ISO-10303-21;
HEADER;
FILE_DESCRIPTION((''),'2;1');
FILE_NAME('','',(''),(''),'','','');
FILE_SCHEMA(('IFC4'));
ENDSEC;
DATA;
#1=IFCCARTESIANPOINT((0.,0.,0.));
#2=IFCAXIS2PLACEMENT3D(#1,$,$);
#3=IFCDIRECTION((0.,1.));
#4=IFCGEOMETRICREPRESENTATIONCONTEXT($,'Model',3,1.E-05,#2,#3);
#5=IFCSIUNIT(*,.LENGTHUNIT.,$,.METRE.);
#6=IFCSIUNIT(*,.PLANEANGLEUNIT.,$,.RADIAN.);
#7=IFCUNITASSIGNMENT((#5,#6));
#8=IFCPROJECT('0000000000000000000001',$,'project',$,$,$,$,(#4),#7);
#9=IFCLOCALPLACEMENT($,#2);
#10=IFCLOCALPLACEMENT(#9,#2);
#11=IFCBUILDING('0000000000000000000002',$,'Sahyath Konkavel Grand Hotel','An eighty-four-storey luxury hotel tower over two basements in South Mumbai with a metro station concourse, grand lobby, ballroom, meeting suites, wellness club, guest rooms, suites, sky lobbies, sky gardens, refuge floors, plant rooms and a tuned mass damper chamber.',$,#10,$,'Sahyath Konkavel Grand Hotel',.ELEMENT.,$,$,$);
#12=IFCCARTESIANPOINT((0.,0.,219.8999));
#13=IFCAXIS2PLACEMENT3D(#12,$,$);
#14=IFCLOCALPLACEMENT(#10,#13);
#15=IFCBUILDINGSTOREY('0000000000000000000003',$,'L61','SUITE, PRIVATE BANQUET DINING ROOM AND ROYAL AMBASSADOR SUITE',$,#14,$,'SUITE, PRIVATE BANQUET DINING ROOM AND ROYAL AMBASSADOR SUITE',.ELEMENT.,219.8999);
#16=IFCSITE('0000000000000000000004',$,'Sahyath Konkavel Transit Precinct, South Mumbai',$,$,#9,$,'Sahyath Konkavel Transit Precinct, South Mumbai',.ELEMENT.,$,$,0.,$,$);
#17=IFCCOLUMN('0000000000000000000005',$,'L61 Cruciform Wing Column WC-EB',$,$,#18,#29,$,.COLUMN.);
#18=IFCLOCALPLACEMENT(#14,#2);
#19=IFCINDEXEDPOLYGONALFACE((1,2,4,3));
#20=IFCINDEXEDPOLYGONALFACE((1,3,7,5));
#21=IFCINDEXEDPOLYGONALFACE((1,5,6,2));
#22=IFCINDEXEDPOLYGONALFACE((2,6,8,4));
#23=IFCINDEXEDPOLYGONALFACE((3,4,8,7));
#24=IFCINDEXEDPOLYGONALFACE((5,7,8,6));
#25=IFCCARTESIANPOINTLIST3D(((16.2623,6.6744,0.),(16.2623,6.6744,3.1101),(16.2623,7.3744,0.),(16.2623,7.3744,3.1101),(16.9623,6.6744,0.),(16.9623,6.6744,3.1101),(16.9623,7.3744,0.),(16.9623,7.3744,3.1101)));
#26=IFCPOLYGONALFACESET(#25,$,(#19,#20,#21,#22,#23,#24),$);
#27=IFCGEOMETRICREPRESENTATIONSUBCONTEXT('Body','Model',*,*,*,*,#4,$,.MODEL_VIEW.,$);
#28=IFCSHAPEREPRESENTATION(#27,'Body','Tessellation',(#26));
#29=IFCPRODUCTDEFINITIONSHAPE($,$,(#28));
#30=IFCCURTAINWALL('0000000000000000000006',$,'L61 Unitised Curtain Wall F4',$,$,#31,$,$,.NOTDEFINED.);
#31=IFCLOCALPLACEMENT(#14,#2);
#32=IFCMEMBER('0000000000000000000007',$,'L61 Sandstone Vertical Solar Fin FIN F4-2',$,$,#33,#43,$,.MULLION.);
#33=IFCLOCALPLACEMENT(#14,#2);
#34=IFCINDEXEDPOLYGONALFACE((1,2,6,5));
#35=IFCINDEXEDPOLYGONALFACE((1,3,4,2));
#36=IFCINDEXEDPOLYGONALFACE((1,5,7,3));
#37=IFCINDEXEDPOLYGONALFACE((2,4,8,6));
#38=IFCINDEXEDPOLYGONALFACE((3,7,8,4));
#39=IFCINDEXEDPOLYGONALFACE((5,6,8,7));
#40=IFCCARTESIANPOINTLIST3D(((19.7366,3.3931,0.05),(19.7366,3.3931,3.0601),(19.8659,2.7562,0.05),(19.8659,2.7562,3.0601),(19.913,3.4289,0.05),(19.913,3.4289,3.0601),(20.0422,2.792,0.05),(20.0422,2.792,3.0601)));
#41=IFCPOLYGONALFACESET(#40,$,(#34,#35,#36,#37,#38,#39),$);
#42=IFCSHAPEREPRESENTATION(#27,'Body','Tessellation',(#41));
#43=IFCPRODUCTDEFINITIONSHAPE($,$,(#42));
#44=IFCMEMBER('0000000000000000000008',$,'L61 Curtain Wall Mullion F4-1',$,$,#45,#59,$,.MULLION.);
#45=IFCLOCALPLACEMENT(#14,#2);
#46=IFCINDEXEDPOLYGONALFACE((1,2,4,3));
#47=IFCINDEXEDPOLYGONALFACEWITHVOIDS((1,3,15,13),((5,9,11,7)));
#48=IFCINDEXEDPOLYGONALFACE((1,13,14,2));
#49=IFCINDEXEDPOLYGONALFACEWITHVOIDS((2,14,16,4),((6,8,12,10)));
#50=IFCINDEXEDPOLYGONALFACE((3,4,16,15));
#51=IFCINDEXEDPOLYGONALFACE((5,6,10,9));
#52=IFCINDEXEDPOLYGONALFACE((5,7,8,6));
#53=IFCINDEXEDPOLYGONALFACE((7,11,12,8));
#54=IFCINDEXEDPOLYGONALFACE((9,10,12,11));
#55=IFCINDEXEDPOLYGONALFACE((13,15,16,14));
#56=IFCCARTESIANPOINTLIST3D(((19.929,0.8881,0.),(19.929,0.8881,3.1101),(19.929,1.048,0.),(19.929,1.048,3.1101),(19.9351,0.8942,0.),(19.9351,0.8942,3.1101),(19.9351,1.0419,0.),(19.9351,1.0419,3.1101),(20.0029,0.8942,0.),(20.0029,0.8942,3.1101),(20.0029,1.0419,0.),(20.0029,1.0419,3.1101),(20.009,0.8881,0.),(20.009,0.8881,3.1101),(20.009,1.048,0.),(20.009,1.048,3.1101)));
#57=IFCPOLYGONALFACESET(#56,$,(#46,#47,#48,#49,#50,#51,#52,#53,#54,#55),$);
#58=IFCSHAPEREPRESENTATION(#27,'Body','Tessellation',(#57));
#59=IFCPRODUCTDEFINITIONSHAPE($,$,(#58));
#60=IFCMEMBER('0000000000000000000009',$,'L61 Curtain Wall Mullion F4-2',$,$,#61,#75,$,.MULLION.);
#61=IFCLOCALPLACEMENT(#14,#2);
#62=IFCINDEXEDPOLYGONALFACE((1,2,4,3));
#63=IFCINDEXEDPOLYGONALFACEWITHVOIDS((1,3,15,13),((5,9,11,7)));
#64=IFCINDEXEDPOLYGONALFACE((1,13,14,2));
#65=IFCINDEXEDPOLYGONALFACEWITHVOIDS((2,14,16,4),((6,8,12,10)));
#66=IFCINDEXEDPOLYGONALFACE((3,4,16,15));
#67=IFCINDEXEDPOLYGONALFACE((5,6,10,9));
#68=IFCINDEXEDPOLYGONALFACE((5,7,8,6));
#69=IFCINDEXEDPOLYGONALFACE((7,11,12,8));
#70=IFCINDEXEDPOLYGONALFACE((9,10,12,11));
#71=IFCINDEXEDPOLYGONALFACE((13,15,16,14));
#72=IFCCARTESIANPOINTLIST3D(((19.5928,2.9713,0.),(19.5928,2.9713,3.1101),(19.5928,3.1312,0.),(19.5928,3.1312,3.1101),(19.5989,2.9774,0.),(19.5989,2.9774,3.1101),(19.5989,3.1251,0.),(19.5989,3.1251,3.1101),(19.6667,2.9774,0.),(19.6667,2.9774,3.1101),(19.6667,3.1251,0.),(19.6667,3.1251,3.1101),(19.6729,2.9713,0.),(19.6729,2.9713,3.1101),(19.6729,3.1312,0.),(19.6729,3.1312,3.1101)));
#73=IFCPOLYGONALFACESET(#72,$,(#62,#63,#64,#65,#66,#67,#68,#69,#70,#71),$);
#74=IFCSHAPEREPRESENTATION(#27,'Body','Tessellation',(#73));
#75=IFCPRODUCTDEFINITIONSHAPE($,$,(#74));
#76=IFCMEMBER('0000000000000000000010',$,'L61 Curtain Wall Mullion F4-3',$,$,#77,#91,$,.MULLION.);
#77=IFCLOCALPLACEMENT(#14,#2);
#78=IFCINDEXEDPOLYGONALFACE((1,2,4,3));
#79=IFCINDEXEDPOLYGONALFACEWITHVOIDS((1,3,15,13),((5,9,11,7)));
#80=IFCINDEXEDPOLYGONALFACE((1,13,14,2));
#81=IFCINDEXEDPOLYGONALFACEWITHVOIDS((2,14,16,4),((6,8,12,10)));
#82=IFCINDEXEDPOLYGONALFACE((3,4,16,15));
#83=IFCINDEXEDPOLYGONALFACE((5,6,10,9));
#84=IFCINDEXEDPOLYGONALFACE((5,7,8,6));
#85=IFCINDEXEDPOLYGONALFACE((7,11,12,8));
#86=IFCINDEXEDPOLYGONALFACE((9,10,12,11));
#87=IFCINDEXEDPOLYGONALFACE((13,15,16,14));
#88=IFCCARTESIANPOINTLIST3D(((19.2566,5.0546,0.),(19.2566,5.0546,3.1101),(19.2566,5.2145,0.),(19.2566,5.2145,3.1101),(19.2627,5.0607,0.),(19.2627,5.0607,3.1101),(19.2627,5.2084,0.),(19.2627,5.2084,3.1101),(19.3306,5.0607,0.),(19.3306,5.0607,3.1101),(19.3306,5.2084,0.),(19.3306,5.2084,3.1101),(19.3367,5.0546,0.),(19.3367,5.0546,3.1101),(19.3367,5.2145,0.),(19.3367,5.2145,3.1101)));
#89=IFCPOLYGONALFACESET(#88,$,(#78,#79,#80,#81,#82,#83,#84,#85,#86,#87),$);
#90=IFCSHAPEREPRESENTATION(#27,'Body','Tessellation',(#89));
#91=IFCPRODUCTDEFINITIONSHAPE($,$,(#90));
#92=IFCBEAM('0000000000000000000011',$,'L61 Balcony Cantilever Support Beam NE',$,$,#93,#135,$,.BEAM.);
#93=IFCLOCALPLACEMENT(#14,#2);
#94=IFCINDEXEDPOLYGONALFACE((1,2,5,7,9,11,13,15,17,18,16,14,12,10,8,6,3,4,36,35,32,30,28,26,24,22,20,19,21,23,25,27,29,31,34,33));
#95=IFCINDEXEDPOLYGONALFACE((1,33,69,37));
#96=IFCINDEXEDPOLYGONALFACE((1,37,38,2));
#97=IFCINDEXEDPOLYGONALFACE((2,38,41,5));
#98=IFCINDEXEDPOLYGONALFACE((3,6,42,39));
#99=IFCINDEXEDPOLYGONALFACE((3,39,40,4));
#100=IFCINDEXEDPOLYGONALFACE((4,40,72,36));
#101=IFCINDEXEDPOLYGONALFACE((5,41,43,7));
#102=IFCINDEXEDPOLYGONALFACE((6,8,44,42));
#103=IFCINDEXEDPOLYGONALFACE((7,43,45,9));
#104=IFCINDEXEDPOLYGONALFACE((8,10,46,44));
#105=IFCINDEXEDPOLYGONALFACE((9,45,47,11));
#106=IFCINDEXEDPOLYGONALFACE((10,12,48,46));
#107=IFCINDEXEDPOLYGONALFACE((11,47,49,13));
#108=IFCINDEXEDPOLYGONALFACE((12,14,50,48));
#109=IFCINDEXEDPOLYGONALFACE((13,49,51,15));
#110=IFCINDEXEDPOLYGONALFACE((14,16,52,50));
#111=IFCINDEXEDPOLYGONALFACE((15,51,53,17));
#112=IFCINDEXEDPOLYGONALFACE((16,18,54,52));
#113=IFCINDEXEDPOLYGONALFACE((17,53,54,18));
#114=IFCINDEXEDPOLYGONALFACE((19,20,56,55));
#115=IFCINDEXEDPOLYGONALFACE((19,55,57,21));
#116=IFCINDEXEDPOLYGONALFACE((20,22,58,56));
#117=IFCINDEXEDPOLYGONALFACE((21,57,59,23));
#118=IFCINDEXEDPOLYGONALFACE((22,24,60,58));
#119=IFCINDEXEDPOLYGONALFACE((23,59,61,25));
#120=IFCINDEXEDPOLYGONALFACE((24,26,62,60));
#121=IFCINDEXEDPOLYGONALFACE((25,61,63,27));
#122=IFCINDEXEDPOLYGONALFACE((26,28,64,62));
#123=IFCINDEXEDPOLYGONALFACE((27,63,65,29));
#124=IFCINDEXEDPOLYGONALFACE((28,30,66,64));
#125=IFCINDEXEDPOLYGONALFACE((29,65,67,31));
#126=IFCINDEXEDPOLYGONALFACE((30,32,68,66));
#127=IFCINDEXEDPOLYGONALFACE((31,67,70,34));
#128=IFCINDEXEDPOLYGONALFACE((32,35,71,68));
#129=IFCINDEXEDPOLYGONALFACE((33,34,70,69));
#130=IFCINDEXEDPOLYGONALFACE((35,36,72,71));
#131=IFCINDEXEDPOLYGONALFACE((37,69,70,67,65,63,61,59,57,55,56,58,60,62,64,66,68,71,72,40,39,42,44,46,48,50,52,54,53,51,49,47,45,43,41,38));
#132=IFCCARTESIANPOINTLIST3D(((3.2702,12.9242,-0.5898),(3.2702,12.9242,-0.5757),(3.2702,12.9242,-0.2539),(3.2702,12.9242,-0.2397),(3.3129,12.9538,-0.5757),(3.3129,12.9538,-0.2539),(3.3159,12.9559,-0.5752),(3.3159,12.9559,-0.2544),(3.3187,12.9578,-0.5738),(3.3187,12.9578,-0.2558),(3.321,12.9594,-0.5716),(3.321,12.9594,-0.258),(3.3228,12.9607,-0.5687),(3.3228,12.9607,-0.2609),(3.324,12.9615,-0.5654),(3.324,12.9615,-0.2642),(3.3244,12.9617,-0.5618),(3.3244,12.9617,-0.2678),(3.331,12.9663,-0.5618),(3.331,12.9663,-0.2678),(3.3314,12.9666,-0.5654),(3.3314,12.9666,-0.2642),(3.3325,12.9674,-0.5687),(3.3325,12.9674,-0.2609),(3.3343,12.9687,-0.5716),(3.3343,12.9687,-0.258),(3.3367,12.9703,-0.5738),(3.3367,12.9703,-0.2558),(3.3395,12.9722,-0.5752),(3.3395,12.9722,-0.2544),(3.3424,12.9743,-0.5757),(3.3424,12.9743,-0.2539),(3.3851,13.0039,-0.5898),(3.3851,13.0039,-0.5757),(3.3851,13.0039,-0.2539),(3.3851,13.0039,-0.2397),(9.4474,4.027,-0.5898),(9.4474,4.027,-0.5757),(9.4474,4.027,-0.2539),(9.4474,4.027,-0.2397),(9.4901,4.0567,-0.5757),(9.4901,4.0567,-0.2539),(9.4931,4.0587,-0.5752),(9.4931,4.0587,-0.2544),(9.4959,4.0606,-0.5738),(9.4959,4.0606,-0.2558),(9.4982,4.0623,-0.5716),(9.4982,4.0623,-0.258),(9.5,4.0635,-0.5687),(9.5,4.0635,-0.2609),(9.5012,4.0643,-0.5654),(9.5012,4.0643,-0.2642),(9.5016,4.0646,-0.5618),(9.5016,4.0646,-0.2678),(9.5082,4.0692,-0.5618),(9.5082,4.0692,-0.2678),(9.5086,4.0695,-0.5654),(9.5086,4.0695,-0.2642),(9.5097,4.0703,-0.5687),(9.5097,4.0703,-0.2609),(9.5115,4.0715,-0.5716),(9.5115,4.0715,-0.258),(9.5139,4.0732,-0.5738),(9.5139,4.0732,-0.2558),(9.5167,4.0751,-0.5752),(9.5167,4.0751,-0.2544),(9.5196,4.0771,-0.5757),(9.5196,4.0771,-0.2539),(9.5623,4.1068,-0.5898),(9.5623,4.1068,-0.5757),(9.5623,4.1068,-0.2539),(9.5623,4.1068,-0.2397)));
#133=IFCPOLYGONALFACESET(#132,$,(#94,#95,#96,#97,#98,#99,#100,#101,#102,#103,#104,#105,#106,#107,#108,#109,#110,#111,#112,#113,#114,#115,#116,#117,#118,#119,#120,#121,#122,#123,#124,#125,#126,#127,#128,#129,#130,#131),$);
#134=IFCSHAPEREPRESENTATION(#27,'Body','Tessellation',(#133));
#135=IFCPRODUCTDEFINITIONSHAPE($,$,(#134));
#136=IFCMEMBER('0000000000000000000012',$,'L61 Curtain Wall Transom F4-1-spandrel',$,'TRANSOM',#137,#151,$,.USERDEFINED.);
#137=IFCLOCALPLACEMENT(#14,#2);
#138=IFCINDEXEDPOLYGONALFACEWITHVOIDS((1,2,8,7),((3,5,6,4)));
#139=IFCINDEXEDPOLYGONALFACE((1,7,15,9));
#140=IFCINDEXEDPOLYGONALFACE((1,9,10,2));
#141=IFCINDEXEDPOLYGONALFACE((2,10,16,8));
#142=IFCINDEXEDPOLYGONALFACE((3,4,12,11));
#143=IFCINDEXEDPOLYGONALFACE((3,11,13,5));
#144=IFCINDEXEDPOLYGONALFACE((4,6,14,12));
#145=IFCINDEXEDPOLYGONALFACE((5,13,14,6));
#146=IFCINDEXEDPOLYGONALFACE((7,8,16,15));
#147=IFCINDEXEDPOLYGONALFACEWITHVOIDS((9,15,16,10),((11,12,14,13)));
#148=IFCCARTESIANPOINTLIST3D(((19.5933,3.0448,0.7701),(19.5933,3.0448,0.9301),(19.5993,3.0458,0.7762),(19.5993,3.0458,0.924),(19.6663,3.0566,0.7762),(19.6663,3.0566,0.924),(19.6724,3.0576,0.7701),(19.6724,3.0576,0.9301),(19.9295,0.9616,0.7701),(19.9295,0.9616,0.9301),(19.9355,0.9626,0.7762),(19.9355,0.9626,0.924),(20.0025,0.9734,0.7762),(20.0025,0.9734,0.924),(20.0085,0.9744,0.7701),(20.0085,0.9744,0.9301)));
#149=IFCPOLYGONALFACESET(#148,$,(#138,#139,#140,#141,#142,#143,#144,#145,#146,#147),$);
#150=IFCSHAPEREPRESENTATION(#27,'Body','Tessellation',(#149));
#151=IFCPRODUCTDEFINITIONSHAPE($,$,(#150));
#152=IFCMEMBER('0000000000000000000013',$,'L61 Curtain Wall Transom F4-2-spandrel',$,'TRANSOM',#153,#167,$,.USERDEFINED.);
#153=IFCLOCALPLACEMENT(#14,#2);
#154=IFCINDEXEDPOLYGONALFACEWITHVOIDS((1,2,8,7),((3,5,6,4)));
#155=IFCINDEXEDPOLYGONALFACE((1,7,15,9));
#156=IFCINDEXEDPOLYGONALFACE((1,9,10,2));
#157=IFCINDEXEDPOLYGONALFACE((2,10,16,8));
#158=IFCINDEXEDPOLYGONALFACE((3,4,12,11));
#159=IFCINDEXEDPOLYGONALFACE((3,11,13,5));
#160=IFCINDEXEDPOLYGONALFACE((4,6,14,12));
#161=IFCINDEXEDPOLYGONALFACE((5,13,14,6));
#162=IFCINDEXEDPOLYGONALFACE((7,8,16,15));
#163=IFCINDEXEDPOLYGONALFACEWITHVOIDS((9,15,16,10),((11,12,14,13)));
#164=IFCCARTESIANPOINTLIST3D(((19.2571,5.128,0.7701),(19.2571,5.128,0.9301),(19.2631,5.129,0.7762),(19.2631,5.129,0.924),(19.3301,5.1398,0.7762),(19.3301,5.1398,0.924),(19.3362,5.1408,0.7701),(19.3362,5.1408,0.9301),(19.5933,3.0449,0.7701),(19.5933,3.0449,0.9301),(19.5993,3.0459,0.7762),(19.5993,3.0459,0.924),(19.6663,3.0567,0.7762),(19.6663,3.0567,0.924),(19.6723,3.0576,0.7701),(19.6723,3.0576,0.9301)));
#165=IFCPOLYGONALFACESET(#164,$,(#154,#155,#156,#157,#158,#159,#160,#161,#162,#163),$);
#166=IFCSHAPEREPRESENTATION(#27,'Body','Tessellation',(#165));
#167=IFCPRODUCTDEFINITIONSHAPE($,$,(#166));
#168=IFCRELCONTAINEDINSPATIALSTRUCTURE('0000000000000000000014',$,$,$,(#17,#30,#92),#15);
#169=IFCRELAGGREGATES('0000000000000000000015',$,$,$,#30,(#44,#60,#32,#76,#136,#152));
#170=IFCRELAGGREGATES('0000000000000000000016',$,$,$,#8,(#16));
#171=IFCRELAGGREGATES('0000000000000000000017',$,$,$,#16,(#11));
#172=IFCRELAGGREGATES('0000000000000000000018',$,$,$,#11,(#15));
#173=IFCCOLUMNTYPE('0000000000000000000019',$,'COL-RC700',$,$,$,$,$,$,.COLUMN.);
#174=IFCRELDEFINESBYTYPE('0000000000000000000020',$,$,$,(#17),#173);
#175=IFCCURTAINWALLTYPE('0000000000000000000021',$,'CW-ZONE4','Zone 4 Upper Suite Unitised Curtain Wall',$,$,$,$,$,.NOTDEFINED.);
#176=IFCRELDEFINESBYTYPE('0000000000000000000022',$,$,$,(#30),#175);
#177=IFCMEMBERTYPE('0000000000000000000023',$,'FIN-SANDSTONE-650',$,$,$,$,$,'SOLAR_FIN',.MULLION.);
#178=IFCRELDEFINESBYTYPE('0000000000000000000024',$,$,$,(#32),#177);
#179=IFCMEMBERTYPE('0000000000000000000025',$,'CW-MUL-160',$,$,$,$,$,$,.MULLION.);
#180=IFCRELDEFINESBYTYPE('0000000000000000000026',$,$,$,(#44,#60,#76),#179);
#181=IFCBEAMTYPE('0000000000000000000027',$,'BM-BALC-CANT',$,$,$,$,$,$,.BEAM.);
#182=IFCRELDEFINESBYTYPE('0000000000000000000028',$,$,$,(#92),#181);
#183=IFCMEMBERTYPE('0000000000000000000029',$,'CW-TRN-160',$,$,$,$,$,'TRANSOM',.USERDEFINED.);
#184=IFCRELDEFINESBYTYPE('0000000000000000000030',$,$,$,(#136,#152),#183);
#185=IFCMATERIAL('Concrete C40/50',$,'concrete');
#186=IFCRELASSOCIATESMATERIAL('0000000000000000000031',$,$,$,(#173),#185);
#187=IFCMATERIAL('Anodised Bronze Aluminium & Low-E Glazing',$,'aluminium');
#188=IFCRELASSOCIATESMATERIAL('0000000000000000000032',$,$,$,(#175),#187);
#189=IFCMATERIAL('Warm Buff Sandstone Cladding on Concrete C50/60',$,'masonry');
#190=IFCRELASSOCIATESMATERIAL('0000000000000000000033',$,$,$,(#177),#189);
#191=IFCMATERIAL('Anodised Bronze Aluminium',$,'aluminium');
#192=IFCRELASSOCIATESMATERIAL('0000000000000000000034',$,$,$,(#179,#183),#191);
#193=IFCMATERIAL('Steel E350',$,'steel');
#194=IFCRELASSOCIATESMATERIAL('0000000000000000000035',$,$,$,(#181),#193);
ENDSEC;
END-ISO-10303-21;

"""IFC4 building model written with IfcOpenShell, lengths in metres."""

from ifc_helpers import new_model, si_unit, direction, frame, origin, origin_2d, place, context, subcontext, project, spatial, rectangle, hollow_rectangle, i_section, extrude, source, transform, mapped, material, material_profile, profile_set, type_object, element, aggregate, save


model = new_model("IFC4")

# Units and contexts
model_context = context("Model", 3, precision=1e-05, world=origin(), true_north=direction((0.0, 1.0)))
body_context = subcontext(model_context, "Body", "Model", "MODEL_VIEW")
ifc_project = project(units=[si_unit("LENGTHUNIT", "METRE"), si_unit("PLANEANGLEUNIT", "RADIAN")], contexts=[model_context])

# Site, building, storey
site_placement = place(None, origin())
site = spatial("IfcSite", under=ifc_project, at=site_placement, Name="Sahyath Konkavel Transit Precinct, South Mumbai", LongName="Sahyath Konkavel Transit Precinct, South Mumbai", CompositionType="ELEMENT", RefElevation=0.0)
building_placement = place(site_placement, origin())
building = spatial("IfcBuilding", under=site, at=building_placement, Name="Sahyath Konkavel Grand Hotel", Description="An eighty-four-storey luxury hotel tower over two basements in South Mumbai with a metro station concourse, grand lobby, ballroom, meeting suites, wellness club, guest rooms, suites, sky lobbies, sky gardens, refuge floors, plant rooms and a tuned mass damper chamber.", LongName="Sahyath Konkavel Grand Hotel", CompositionType="ELEMENT")
storey_placement = place(building_placement, frame((0.0, 0.0, 219.8999)))
storey = spatial("IfcBuildingStorey", under=building, at=storey_placement, Name="L61", Description="SUITE, PRIVATE BANQUET DINING ROOM AND ROYAL AMBASSADOR SUITE", LongName="SUITE, PRIVATE BANQUET DINING ROOM AND ROYAL AMBASSADOR SUITE", CompositionType="ELEMENT", Elevation=219.8999)

# Column
ifc_material_1 = material(Name="Concrete C40/50", Category="concrete")
ifc_material_profile_1 = material_profile(ifc_material_1, rectangle(XDim=0.7, YDim=0.7, at=origin_2d()), Name="RC 700x700")
ifc_profile_set_1 = profile_set([ifc_material_profile_1], Name="Concrete C40/50")
column_type = type_object("IfcColumnType", Name="COL-RC700", PredefinedType="COLUMN", material=ifc_profile_set_1)
shared_shape_1 = source(origin(), body_context, "Body", "SweptSolid", [
    extrude(rectangle(XDim=0.7, YDim=0.7, at=origin_2d()), origin(), (0.0, 0.0, 1.0), 3.1101),
])
column_placement = place(storey_placement, frame((16.6123, 7.0244, 0.0), z_axis=(0.0, 0.0, 1.0), x_axis=(1.0, 0.0, 0.0)))
element("IfcColumn", 1, at=column_placement, inside=storey, type_object=column_type, Name="L61 Cruciform Wing Column WC-EB", PredefinedType="COLUMN", context=body_context, shape_type="MappedRepresentation", body=[
    mapped(shared_shape_1, transform((0.0, 0.0, 0.0), scale=1.0)),
])

# Curtain wall, members
ifc_material_2 = material(Name="Anodised Bronze Aluminium & Low-E Glazing", Category="aluminium")
curtain_wall_type = type_object("IfcCurtainWallType", Name="CW-ZONE4", Description="Zone 4 Upper Suite Unitised Curtain Wall", PredefinedType="NOTDEFINED", material=ifc_material_2)
curtain_wall_1_placement = place(storey_placement, origin())
curtain_wall_1 = element("IfcCurtainWall", 2, at=curtain_wall_1_placement, inside=storey, type_object=curtain_wall_type, Name="L61 Unitised Curtain Wall F4", PredefinedType="NOTDEFINED")
ifc_material_3 = material(Name="Warm Buff Sandstone Cladding on Concrete C50/60", Category="masonry")
ifc_material_profile_2 = material_profile(ifc_material_3, rectangle(XDim=0.1799, YDim=0.6499, at=origin_2d()), Name="FIN 180x650")
ifc_profile_set_2 = profile_set([ifc_material_profile_2], Name="Warm Buff Sandstone Cladding on Concrete C50/60")
member_type_1 = type_object("IfcMemberType", Name="FIN-SANDSTONE-650", ElementType="SOLAR_FIN", PredefinedType="MULLION", material=ifc_profile_set_2)
shared_shape_2 = source(origin(), body_context, "Body", "SweptSolid", [
    extrude(rectangle(XDim=0.1799, YDim=0.6499, at=origin_2d()), origin(), (0.0, 0.0, 1.0), 3.01),
])
member_1_placement = place(storey_placement, frame((19.8894, 3.0925, 0.05), z_axis=(0.0, 0.0, 1.0), x_axis=(0.980029, 0.198855, 0.0)))
member_1 = element("IfcMember", 3, at=member_1_placement, type_object=member_type_1, Name="L61 Sandstone Vertical Solar Fin FIN F4-2", PredefinedType="MULLION", context=body_context, shape_type="MappedRepresentation", body=[
    mapped(shared_shape_2, transform((0.0, 0.0, 0.0), scale=1.0)),
])
ifc_material_4 = material(Name="Anodised Bronze Aluminium", Category="aluminium")
ifc_material_profile_3 = material_profile(ifc_material_4, hollow_rectangle(XDim=0.0801, YDim=0.1599, WallThickness=0.0061, at=origin_2d()), Name="RHS 160x80x6")
ifc_profile_set_3 = profile_set([ifc_material_profile_3], Name="Anodised Bronze Aluminium")
member_type_2 = type_object("IfcMemberType", Name="CW-MUL-160", PredefinedType="MULLION", material=ifc_profile_set_3)
shared_shape_3 = source(origin(), body_context, "Body", "SweptSolid", [
    extrude(hollow_rectangle(XDim=0.0801, YDim=0.1599, WallThickness=0.0061, at=origin_2d()), origin(), (0.0, 0.0, 1.0), 3.1101),
])
member_2_placement = place(storey_placement, frame((19.969, 0.968, 0.0), z_axis=(0.0, 0.0, 1.0), x_axis=(1.0, 0.0, 0.0)))
member_2 = element("IfcMember", 4, at=member_2_placement, type_object=member_type_2, Name="L61 Curtain Wall Mullion F4-1", PredefinedType="MULLION", context=body_context, shape_type="MappedRepresentation", body=[
    mapped(shared_shape_3, transform((0.0, 0.0, 0.0), scale=1.0)),
])
member_3_placement = place(storey_placement, frame((19.6328, 3.0513, 0.0), z_axis=(0.0, 0.0, 1.0), x_axis=(1.0, 0.0, 0.0)))
member_3 = element("IfcMember", 5, at=member_3_placement, type_object=member_type_2, Name="L61 Curtain Wall Mullion F4-2", PredefinedType="MULLION", context=body_context, shape_type="MappedRepresentation", body=[
    mapped(shared_shape_3, transform((0.0, 0.0, 0.0), scale=1.0)),
])
member_4_placement = place(storey_placement, frame((19.2966, 5.1345, 0.0), z_axis=(0.0, 0.0, 1.0), x_axis=(1.0, 0.0, 0.0)))
member_4 = element("IfcMember", 6, at=member_4_placement, type_object=member_type_2, Name="L61 Curtain Wall Mullion F4-3", PredefinedType="MULLION", context=body_context, shape_type="MappedRepresentation", body=[
    mapped(shared_shape_3, transform((0.0, 0.0, 0.0), scale=1.0)),
])

# Beam
ifc_material_5 = material(Name="Steel E350", Category="steel")
ifc_material_profile_4 = material_profile(ifc_material_5, i_section(OverallWidth=0.1399, OverallDepth=0.3501, WebThickness=0.0081, FlangeThickness=0.0142, FilletRadius=0.0139, at=origin_2d()), Name="ISMB 350")
ifc_profile_set_4 = profile_set([ifc_material_profile_4], Name="Steel E350")
beam_type = type_object("IfcBeamType", Name="BM-BALC-CANT", PredefinedType="BEAM", material=ifc_profile_set_4)
shared_shape_4 = source(origin(), body_context, "Body", "SweptSolid", [
    extrude(i_section(OverallWidth=0.1399, OverallDepth=0.3501, WebThickness=0.0081, FlangeThickness=0.0142, FilletRadius=0.0139, at=origin_2d()), origin(), (0.0, 0.0, 1.0), 10.8313),
])
beam_placement = place(storey_placement, frame((9.5049, 4.0669, -0.4148), z_axis=(-0.57031, 0.82143, 0.0), x_axis=(-0.82143, -0.57031, 0.0)))
element("IfcBeam", 7, at=beam_placement, inside=storey, type_object=beam_type, Name="L61 Balcony Cantilever Support Beam NE", PredefinedType="BEAM", context=body_context, shape_type="MappedRepresentation", body=[
    mapped(shared_shape_4, transform((0.0, 0.0, 0.0), scale=1.0)),
])

# Members
ifc_material_profile_5 = material_profile(ifc_material_4, hollow_rectangle(XDim=0.0801, YDim=0.1599, WallThickness=0.0061, at=origin_2d()), Name="RHS 160x80x6")
ifc_profile_set_5 = profile_set([ifc_material_profile_5], Name="Anodised Bronze Aluminium")
member_type_3 = type_object("IfcMemberType", Name="CW-TRN-160", ElementType="TRANSOM", PredefinedType="USERDEFINED", material=ifc_profile_set_5)
shared_shape_5 = source(origin(), body_context, "Body", "SweptSolid", [
    extrude(hollow_rectangle(XDim=0.0801, YDim=0.1599, WallThickness=0.0061, at=origin_2d()), origin(), (0.0, 0.0, 1.0), 2.1101),
])
member_5_placement = place(storey_placement, frame((19.969, 0.968, 0.8501), z_axis=(-0.159312, 0.987228, 0.0), x_axis=(-0.987228, -0.159312, 0.0)))
member_5 = element("IfcMember", 8, at=member_5_placement, type_object=member_type_3, Name="L61 Curtain Wall Transom F4-1-spandrel", ObjectType="TRANSOM", PredefinedType="USERDEFINED", context=body_context, shape_type="MappedRepresentation", body=[
    mapped(shared_shape_5, transform((0.0, 0.0, 0.0), scale=1.0)),
])
member_6_placement = place(storey_placement, frame((19.6328, 3.0513, 0.8501), z_axis=(-0.159312, 0.987228, 0.0), x_axis=(-0.987228, -0.159312, 0.0)))
member_6 = element("IfcMember", 9, at=member_6_placement, type_object=member_type_3, Name="L61 Curtain Wall Transom F4-2-spandrel", ObjectType="TRANSOM", PredefinedType="USERDEFINED", context=body_context, shape_type="MappedRepresentation", body=[
    mapped(shared_shape_5, transform((0.0, 0.0, 0.0), scale=1.0)),
])

aggregate(curtain_wall_1, [member_2, member_3, member_1, member_4, member_5, member_6])

save(model, "model.ifc")
